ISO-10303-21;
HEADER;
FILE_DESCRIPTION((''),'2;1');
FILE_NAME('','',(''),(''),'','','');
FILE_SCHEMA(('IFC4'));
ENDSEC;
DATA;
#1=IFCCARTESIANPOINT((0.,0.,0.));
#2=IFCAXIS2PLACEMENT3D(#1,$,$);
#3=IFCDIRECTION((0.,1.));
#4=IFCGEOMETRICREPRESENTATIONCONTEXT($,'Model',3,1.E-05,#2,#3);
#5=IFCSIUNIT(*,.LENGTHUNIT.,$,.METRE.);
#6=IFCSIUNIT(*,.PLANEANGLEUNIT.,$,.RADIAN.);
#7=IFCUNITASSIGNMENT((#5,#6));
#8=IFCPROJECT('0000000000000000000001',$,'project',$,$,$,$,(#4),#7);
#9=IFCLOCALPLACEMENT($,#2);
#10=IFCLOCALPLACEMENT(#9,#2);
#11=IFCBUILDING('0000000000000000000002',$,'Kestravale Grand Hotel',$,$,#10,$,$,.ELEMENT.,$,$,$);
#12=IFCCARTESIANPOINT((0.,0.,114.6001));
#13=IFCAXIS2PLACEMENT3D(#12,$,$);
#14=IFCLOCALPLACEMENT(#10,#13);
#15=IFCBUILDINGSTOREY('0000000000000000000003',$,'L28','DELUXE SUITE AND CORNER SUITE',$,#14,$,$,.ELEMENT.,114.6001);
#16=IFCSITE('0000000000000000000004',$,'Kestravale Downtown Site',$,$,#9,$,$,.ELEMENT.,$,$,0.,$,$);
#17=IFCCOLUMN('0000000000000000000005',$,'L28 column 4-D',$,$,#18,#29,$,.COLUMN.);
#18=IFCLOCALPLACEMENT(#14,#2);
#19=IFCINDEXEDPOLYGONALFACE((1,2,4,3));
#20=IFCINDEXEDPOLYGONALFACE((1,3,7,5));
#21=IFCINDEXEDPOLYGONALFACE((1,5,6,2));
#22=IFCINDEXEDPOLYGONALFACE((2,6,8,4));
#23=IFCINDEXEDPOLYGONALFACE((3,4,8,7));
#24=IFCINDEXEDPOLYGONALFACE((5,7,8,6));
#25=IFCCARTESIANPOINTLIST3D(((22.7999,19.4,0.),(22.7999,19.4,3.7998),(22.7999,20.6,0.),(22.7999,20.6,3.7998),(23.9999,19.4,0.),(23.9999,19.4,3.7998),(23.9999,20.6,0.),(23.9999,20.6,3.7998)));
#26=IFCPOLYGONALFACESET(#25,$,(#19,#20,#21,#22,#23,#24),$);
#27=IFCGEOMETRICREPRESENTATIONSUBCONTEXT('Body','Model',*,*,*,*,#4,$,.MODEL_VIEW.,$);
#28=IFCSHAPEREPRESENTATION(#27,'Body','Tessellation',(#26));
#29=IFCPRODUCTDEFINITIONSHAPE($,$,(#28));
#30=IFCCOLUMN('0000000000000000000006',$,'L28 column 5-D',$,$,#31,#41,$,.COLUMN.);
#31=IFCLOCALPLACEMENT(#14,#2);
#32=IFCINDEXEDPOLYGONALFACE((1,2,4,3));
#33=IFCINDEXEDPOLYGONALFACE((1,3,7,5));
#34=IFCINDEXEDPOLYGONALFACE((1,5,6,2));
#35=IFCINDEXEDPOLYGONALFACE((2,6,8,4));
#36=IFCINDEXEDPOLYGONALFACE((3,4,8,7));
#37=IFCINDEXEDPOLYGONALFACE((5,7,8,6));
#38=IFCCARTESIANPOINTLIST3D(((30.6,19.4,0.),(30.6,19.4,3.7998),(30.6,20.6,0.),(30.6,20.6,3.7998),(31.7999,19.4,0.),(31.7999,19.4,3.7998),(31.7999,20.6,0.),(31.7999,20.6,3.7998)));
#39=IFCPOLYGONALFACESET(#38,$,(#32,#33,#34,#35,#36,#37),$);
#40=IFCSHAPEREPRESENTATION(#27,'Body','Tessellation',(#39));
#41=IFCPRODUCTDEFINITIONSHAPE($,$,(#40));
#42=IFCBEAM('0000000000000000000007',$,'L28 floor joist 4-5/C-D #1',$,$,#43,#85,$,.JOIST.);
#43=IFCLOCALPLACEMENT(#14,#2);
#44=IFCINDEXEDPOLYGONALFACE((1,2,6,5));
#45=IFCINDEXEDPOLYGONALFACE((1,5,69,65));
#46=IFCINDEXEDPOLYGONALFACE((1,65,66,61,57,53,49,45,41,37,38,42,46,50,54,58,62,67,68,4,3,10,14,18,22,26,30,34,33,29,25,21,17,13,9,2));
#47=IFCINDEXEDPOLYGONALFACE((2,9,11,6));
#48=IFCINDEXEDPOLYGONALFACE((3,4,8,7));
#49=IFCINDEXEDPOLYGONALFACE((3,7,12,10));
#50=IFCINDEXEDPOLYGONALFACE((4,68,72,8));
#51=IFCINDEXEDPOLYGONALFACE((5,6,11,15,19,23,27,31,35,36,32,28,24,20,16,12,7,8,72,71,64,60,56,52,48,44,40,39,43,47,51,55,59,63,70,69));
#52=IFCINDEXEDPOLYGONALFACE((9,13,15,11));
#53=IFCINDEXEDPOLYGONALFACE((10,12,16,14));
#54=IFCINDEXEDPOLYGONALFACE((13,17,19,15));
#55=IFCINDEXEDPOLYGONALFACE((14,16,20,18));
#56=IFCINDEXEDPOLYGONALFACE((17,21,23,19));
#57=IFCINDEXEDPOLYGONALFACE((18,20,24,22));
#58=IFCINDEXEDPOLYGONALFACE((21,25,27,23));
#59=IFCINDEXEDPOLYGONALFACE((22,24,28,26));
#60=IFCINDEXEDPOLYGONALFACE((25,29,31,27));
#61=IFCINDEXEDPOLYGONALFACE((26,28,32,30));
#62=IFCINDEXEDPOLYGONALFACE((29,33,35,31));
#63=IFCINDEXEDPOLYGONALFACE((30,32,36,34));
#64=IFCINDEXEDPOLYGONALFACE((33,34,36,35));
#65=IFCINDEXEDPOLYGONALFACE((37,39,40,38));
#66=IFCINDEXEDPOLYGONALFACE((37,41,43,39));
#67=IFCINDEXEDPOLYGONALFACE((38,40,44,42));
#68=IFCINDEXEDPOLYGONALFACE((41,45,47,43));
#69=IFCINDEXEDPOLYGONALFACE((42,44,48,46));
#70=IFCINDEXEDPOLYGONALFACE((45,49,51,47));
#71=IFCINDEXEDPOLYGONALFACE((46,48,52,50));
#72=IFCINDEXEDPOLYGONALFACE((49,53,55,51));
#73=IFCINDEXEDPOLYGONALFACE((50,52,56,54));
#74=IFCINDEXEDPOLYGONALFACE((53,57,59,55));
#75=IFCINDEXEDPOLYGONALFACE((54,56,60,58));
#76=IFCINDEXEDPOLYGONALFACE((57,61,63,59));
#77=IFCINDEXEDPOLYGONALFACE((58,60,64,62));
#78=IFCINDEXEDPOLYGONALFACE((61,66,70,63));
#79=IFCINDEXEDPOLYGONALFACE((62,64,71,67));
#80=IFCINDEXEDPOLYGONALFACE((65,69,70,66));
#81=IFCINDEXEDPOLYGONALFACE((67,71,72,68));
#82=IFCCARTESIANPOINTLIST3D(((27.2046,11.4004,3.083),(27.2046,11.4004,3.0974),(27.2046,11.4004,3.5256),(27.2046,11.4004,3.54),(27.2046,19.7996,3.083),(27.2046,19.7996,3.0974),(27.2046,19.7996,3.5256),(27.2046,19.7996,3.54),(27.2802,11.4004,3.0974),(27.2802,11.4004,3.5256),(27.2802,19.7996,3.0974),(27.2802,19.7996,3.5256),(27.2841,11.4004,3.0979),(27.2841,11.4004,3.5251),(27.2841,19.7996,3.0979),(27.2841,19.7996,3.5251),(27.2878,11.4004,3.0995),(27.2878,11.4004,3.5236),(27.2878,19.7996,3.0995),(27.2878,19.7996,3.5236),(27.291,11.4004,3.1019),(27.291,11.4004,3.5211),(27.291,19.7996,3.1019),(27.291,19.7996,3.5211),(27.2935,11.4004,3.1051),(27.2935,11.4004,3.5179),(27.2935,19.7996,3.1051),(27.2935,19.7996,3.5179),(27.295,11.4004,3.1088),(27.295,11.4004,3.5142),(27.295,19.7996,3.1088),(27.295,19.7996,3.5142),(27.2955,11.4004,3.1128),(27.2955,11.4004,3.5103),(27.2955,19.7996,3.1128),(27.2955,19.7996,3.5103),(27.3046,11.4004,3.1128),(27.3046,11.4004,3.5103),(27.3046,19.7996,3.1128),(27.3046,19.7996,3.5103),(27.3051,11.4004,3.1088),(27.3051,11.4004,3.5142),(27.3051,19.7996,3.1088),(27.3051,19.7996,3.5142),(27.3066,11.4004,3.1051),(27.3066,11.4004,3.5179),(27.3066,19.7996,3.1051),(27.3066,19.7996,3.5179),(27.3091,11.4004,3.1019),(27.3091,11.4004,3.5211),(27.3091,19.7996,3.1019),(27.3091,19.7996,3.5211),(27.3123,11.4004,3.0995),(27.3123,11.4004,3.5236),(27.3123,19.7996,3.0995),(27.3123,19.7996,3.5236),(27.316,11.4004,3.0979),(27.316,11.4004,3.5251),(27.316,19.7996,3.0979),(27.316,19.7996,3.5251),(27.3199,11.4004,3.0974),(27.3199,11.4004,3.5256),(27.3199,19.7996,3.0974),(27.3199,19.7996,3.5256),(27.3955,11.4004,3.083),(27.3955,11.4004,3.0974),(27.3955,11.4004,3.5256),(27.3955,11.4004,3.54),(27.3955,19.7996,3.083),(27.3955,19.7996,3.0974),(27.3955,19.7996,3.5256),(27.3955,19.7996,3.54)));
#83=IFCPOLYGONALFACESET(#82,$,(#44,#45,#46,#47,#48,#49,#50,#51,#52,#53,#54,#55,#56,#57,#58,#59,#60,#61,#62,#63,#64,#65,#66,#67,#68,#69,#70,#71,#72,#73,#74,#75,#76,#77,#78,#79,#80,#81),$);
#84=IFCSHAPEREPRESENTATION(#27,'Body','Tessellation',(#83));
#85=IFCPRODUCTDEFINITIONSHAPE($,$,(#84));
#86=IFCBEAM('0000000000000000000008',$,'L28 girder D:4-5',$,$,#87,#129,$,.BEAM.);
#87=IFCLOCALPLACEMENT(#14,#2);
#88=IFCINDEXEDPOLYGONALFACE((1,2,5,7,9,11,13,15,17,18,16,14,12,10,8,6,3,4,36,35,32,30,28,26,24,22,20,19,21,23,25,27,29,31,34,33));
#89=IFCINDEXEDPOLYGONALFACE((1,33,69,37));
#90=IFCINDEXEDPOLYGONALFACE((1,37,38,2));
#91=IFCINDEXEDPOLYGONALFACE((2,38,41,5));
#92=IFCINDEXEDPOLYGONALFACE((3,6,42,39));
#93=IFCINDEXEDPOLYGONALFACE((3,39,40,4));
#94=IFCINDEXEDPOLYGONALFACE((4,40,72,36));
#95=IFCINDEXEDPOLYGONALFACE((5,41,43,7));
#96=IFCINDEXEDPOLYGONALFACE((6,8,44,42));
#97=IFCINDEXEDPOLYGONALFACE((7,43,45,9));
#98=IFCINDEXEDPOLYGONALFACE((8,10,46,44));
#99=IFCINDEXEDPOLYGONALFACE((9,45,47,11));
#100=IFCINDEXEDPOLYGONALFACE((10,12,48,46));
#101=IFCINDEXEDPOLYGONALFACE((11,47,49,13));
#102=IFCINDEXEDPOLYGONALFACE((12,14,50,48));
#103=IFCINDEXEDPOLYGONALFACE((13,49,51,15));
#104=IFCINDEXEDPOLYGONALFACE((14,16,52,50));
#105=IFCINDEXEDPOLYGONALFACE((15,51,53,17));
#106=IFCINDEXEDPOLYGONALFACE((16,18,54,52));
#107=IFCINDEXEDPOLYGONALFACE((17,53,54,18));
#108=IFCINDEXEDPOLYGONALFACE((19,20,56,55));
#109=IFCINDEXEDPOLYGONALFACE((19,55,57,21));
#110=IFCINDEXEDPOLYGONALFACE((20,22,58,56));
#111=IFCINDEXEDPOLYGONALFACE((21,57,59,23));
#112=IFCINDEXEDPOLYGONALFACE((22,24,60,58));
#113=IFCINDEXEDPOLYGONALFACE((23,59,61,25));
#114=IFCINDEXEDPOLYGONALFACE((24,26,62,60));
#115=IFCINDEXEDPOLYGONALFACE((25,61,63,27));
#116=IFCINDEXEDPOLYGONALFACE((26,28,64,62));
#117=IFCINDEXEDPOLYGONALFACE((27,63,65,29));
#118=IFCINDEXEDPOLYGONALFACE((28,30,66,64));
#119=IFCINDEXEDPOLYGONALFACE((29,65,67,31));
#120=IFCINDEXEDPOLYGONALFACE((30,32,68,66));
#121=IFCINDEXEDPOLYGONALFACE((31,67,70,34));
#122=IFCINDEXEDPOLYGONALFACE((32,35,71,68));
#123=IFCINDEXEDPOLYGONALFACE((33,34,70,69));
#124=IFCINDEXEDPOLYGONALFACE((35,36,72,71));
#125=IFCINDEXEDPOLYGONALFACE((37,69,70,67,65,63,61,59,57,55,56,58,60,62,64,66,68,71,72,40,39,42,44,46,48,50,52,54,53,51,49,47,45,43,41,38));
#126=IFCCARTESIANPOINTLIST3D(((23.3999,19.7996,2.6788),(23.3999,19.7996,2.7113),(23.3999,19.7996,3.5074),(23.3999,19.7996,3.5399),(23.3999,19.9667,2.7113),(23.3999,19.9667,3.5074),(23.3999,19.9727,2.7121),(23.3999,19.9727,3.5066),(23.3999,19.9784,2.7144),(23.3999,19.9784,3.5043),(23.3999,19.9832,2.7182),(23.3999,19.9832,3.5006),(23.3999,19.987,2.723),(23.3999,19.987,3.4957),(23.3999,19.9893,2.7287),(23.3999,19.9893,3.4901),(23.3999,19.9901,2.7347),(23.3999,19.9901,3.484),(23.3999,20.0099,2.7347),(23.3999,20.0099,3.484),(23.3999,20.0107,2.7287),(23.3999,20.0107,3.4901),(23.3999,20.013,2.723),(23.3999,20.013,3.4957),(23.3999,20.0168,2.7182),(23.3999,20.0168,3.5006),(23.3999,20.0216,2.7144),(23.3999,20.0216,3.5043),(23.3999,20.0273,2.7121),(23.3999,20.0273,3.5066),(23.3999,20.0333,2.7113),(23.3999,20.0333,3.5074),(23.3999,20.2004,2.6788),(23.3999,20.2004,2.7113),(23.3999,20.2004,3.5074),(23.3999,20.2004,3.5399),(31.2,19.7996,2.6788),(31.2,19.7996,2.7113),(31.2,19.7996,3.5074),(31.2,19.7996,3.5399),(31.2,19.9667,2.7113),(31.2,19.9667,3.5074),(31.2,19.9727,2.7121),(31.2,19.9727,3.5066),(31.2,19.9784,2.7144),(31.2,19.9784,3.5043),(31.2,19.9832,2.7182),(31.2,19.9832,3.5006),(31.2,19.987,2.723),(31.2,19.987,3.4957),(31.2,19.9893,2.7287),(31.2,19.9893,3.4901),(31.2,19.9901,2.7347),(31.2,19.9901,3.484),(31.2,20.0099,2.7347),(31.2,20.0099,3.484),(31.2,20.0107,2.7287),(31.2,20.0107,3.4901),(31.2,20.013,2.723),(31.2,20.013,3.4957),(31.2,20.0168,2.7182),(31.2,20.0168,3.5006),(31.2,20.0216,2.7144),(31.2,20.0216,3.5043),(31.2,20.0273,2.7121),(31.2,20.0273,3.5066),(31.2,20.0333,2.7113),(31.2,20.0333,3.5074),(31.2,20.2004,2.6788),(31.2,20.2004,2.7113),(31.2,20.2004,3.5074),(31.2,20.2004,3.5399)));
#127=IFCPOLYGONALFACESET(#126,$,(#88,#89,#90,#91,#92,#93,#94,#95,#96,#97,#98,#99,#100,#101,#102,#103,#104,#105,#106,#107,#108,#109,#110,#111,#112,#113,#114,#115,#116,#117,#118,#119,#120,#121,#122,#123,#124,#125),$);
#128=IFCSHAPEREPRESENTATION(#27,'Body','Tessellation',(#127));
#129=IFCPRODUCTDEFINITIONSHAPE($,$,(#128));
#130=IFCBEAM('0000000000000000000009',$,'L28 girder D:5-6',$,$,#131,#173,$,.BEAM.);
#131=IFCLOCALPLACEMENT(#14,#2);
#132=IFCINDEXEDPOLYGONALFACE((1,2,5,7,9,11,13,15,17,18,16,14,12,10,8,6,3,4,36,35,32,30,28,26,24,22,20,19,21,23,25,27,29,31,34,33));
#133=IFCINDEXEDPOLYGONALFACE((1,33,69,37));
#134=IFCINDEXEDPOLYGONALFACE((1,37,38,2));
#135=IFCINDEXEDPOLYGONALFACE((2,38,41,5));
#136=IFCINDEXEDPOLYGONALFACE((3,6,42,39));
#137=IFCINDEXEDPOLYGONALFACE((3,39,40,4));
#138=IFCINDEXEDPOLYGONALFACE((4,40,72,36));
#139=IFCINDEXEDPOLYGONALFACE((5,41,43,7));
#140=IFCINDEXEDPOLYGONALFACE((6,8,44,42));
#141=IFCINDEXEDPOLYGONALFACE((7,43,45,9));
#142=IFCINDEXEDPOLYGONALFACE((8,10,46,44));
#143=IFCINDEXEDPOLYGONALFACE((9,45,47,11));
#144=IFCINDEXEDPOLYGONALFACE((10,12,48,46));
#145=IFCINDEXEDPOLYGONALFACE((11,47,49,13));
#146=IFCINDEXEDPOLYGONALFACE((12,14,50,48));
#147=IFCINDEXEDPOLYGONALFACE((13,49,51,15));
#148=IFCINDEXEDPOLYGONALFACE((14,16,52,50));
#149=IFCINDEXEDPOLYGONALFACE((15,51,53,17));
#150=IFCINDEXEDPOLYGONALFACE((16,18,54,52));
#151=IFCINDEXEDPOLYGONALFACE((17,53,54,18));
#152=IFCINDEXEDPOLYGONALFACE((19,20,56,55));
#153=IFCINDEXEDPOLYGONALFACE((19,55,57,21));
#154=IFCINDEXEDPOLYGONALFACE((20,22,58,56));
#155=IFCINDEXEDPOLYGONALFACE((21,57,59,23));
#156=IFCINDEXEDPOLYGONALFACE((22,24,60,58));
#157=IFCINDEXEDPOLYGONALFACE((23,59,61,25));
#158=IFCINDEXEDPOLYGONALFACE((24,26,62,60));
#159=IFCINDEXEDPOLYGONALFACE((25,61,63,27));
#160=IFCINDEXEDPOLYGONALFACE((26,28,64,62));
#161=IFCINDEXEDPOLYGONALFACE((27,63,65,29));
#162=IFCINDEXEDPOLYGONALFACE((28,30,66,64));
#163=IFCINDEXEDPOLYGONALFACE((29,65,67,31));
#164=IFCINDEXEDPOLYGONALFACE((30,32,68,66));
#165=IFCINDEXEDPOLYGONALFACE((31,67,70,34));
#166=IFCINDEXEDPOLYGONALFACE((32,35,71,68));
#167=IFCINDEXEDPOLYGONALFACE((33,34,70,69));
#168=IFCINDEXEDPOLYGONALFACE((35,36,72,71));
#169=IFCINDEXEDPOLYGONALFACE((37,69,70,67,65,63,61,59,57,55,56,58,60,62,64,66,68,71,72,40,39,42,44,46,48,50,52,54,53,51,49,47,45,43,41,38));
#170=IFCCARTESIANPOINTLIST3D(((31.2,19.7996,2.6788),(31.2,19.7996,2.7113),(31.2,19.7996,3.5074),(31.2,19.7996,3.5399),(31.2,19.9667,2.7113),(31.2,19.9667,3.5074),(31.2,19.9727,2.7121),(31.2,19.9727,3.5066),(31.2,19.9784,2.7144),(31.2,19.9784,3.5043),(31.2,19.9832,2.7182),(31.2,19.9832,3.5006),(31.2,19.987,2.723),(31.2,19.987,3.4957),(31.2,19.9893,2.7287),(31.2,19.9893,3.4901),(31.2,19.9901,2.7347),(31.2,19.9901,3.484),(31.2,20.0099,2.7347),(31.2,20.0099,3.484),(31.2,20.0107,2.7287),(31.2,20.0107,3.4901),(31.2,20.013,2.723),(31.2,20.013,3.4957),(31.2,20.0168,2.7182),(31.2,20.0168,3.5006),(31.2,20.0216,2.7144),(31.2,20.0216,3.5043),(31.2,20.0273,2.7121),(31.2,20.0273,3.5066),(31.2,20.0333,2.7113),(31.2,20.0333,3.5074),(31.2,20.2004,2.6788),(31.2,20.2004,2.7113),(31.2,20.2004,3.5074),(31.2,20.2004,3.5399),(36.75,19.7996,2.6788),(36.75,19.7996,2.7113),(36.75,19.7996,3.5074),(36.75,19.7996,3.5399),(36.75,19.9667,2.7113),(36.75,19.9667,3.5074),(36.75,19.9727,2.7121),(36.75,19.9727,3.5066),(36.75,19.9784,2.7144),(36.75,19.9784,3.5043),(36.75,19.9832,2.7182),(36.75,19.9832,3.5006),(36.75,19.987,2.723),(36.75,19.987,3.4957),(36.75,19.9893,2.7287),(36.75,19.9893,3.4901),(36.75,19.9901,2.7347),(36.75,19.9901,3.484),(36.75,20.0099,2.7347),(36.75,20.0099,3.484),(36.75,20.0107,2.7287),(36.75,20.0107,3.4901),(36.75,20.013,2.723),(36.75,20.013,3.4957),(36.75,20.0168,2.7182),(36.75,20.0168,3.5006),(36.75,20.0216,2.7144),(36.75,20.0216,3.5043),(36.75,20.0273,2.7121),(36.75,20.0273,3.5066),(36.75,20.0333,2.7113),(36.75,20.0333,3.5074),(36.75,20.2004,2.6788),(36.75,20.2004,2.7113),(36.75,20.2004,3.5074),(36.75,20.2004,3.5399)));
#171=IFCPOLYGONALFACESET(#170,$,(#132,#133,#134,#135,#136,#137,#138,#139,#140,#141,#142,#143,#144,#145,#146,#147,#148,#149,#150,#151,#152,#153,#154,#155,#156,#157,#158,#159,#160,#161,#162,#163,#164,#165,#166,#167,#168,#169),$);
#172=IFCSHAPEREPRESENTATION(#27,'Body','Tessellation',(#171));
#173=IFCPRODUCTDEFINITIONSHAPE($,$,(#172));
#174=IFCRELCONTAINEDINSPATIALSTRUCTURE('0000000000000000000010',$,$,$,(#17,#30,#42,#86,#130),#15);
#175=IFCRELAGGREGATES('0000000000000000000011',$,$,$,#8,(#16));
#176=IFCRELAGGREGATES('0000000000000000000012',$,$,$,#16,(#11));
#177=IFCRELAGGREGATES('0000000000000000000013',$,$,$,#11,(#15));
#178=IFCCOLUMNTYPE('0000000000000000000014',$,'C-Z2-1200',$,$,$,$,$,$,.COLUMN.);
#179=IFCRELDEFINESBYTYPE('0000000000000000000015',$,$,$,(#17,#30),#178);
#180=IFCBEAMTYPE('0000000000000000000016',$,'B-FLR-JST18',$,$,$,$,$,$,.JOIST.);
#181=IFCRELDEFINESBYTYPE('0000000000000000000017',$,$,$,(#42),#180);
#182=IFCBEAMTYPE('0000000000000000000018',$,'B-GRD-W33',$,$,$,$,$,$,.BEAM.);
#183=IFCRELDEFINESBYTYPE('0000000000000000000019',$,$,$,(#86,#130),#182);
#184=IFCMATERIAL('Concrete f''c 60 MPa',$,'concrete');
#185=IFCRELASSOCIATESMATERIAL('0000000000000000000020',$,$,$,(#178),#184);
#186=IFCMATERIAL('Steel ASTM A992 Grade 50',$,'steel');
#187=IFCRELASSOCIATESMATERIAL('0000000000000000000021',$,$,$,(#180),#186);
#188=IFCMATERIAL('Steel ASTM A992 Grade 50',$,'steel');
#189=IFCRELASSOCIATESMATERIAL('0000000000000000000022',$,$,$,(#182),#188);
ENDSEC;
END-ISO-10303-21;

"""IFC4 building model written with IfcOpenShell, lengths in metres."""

from ifc_helpers import new_model, si_unit, direction, frame, origin, origin_2d, place, context, subcontext, project, spatial, rectangle, i_section, extrude, material, material_profile, profile_set, type_object, element, save


model = new_model("IFC4")

# Units and contexts
model_context = context("Model", 3, precision=1e-05, world=origin(), true_north=direction((0.0, 1.0)))
body_context = subcontext(model_context, "Body", "Model", "MODEL_VIEW")
ifc_project = project(units=[si_unit("LENGTHUNIT", "METRE"), si_unit("PLANEANGLEUNIT", "RADIAN")], contexts=[model_context])

# Site, building, storey
site_placement = place(None, origin())
site = spatial("IfcSite", under=ifc_project, at=site_placement, Name="Kestravale Downtown Site", CompositionType="ELEMENT", RefElevation=0.0)
building_placement = place(site_placement, origin())
building = spatial("IfcBuilding", under=site, at=building_placement, Name="Kestravale Grand Hotel", CompositionType="ELEMENT")
storey_placement = place(building_placement, frame((0.0, 0.0, 114.6001)))
storey = spatial("IfcBuildingStorey", under=building, at=storey_placement, Name="L28", Description="DELUXE SUITE AND CORNER SUITE", CompositionType="ELEMENT", Elevation=114.6001)

# Columns
ifc_material_1 = material(Name="Concrete f'c 60 MPa", Category="concrete")
ifc_material_profile_1 = material_profile(ifc_material_1, rectangle(XDim=1.2, YDim=1.2, at=origin_2d()))
ifc_profile_set_1 = profile_set([ifc_material_profile_1], Name="Concrete f'c 60 MPa")
column_type = type_object("IfcColumnType", Name="C-Z2-1200", PredefinedType="COLUMN", material=ifc_profile_set_1)
for number, where, z_axis, x_axis, name in (
    (1, (23.3999, 20.0, 0.0), (0.0, 0.0, 1.0), (1.0, 0.0, 0.0), "L28 column 4-D"),
    (2, (31.2, 20.0, 0.0), (0.0, 0.0, 1.0), (1.0, 0.0, 0.0), "L28 column 5-D"),
):
    element("IfcColumn", number, at=place(storey_placement, frame(where, z_axis=z_axis, x_axis=x_axis)), inside=storey, type_object=column_type, Name=name, PredefinedType="COLUMN", context=body_context, shape_type="SweptSolid", body=[
        extrude(rectangle(XDim=1.2, YDim=1.2, at=origin_2d()), origin(), (0.0, 0.0, 1.0), 3.7998),
    ])

# Beams
ifc_material_2 = material(Name="Steel ASTM A992 Grade 50", Category="steel")
ifc_material_profile_2 = material_profile(ifc_material_2, i_section(OverallWidth=0.1909, OverallDepth=0.457, WebThickness=0.009, FlangeThickness=0.0144, FilletRadius=0.0154, at=origin_2d()))
ifc_profile_set_2 = profile_set([ifc_material_profile_2], Name="Steel ASTM A992 Grade 50")
beam_type_1 = type_object("IfcBeamType", Name="B-FLR-JST18", PredefinedType="JOIST", material=ifc_profile_set_2)
beam_1_placement = place(storey_placement, frame((27.3, 11.4004, 3.3115), z_axis=(0.0, 1.0, 0.0), x_axis=(-1.0, 0.0, 0.0)))
element("IfcBeam", 3, at=beam_1_placement, inside=storey, type_object=beam_type_1, Name="L28 floor joist 4-5/C-D #1", PredefinedType="JOIST", context=body_context, shape_type="SweptSolid", body=[
    extrude(i_section(OverallWidth=0.1909, OverallDepth=0.457, WebThickness=0.009, FlangeThickness=0.0144, FilletRadius=0.0154, at=origin_2d()), origin(), (0.0, 0.0, 1.0), 8.3992),
])
ifc_material_3 = material(Name="Steel ASTM A992 Grade 50", Category="steel")
ifc_material_profile_3 = material_profile(ifc_material_3, i_section(OverallWidth=0.4009, OverallDepth=0.8611, WebThickness=0.0198, FlangeThickness=0.0325, FilletRadius=0.0234, at=origin_2d()))
ifc_profile_set_3 = profile_set([ifc_material_profile_3], Name="Steel ASTM A992 Grade 50")
beam_type_2 = type_object("IfcBeamType", Name="B-GRD-W33", PredefinedType="BEAM", material=ifc_profile_set_3)
beam_2_placement = place(storey_placement, frame((23.3999, 20.0, 3.1094), z_axis=(1.0, 0.0, 0.0), x_axis=(0.0, 1.0, 0.0)))
element("IfcBeam", 4, at=beam_2_placement, inside=storey, type_object=beam_type_2, Name="L28 girder D:4-5", PredefinedType="BEAM", context=body_context, shape_type="SweptSolid", body=[
    extrude(i_section(OverallWidth=0.4009, OverallDepth=0.8611, WebThickness=0.0198, FlangeThickness=0.0325, FilletRadius=0.0234, at=origin_2d()), origin(), (0.0, 0.0, 1.0), 7.8),
])
beam_3_placement = place(storey_placement, frame((31.2, 20.0, 3.1094), z_axis=(1.0, 0.0, 0.0), x_axis=(0.0, 1.0, 0.0)))
element("IfcBeam", 5, at=beam_3_placement, inside=storey, type_object=beam_type_2, Name="L28 girder D:5-6", PredefinedType="BEAM", context=body_context, shape_type="SweptSolid", body=[
    extrude(i_section(OverallWidth=0.4009, OverallDepth=0.8611, WebThickness=0.0198, FlangeThickness=0.0325, FilletRadius=0.0234, at=origin_2d()), origin(), (0.0, 0.0, 1.0), 5.55),
])

save(model, "model.ifc")
